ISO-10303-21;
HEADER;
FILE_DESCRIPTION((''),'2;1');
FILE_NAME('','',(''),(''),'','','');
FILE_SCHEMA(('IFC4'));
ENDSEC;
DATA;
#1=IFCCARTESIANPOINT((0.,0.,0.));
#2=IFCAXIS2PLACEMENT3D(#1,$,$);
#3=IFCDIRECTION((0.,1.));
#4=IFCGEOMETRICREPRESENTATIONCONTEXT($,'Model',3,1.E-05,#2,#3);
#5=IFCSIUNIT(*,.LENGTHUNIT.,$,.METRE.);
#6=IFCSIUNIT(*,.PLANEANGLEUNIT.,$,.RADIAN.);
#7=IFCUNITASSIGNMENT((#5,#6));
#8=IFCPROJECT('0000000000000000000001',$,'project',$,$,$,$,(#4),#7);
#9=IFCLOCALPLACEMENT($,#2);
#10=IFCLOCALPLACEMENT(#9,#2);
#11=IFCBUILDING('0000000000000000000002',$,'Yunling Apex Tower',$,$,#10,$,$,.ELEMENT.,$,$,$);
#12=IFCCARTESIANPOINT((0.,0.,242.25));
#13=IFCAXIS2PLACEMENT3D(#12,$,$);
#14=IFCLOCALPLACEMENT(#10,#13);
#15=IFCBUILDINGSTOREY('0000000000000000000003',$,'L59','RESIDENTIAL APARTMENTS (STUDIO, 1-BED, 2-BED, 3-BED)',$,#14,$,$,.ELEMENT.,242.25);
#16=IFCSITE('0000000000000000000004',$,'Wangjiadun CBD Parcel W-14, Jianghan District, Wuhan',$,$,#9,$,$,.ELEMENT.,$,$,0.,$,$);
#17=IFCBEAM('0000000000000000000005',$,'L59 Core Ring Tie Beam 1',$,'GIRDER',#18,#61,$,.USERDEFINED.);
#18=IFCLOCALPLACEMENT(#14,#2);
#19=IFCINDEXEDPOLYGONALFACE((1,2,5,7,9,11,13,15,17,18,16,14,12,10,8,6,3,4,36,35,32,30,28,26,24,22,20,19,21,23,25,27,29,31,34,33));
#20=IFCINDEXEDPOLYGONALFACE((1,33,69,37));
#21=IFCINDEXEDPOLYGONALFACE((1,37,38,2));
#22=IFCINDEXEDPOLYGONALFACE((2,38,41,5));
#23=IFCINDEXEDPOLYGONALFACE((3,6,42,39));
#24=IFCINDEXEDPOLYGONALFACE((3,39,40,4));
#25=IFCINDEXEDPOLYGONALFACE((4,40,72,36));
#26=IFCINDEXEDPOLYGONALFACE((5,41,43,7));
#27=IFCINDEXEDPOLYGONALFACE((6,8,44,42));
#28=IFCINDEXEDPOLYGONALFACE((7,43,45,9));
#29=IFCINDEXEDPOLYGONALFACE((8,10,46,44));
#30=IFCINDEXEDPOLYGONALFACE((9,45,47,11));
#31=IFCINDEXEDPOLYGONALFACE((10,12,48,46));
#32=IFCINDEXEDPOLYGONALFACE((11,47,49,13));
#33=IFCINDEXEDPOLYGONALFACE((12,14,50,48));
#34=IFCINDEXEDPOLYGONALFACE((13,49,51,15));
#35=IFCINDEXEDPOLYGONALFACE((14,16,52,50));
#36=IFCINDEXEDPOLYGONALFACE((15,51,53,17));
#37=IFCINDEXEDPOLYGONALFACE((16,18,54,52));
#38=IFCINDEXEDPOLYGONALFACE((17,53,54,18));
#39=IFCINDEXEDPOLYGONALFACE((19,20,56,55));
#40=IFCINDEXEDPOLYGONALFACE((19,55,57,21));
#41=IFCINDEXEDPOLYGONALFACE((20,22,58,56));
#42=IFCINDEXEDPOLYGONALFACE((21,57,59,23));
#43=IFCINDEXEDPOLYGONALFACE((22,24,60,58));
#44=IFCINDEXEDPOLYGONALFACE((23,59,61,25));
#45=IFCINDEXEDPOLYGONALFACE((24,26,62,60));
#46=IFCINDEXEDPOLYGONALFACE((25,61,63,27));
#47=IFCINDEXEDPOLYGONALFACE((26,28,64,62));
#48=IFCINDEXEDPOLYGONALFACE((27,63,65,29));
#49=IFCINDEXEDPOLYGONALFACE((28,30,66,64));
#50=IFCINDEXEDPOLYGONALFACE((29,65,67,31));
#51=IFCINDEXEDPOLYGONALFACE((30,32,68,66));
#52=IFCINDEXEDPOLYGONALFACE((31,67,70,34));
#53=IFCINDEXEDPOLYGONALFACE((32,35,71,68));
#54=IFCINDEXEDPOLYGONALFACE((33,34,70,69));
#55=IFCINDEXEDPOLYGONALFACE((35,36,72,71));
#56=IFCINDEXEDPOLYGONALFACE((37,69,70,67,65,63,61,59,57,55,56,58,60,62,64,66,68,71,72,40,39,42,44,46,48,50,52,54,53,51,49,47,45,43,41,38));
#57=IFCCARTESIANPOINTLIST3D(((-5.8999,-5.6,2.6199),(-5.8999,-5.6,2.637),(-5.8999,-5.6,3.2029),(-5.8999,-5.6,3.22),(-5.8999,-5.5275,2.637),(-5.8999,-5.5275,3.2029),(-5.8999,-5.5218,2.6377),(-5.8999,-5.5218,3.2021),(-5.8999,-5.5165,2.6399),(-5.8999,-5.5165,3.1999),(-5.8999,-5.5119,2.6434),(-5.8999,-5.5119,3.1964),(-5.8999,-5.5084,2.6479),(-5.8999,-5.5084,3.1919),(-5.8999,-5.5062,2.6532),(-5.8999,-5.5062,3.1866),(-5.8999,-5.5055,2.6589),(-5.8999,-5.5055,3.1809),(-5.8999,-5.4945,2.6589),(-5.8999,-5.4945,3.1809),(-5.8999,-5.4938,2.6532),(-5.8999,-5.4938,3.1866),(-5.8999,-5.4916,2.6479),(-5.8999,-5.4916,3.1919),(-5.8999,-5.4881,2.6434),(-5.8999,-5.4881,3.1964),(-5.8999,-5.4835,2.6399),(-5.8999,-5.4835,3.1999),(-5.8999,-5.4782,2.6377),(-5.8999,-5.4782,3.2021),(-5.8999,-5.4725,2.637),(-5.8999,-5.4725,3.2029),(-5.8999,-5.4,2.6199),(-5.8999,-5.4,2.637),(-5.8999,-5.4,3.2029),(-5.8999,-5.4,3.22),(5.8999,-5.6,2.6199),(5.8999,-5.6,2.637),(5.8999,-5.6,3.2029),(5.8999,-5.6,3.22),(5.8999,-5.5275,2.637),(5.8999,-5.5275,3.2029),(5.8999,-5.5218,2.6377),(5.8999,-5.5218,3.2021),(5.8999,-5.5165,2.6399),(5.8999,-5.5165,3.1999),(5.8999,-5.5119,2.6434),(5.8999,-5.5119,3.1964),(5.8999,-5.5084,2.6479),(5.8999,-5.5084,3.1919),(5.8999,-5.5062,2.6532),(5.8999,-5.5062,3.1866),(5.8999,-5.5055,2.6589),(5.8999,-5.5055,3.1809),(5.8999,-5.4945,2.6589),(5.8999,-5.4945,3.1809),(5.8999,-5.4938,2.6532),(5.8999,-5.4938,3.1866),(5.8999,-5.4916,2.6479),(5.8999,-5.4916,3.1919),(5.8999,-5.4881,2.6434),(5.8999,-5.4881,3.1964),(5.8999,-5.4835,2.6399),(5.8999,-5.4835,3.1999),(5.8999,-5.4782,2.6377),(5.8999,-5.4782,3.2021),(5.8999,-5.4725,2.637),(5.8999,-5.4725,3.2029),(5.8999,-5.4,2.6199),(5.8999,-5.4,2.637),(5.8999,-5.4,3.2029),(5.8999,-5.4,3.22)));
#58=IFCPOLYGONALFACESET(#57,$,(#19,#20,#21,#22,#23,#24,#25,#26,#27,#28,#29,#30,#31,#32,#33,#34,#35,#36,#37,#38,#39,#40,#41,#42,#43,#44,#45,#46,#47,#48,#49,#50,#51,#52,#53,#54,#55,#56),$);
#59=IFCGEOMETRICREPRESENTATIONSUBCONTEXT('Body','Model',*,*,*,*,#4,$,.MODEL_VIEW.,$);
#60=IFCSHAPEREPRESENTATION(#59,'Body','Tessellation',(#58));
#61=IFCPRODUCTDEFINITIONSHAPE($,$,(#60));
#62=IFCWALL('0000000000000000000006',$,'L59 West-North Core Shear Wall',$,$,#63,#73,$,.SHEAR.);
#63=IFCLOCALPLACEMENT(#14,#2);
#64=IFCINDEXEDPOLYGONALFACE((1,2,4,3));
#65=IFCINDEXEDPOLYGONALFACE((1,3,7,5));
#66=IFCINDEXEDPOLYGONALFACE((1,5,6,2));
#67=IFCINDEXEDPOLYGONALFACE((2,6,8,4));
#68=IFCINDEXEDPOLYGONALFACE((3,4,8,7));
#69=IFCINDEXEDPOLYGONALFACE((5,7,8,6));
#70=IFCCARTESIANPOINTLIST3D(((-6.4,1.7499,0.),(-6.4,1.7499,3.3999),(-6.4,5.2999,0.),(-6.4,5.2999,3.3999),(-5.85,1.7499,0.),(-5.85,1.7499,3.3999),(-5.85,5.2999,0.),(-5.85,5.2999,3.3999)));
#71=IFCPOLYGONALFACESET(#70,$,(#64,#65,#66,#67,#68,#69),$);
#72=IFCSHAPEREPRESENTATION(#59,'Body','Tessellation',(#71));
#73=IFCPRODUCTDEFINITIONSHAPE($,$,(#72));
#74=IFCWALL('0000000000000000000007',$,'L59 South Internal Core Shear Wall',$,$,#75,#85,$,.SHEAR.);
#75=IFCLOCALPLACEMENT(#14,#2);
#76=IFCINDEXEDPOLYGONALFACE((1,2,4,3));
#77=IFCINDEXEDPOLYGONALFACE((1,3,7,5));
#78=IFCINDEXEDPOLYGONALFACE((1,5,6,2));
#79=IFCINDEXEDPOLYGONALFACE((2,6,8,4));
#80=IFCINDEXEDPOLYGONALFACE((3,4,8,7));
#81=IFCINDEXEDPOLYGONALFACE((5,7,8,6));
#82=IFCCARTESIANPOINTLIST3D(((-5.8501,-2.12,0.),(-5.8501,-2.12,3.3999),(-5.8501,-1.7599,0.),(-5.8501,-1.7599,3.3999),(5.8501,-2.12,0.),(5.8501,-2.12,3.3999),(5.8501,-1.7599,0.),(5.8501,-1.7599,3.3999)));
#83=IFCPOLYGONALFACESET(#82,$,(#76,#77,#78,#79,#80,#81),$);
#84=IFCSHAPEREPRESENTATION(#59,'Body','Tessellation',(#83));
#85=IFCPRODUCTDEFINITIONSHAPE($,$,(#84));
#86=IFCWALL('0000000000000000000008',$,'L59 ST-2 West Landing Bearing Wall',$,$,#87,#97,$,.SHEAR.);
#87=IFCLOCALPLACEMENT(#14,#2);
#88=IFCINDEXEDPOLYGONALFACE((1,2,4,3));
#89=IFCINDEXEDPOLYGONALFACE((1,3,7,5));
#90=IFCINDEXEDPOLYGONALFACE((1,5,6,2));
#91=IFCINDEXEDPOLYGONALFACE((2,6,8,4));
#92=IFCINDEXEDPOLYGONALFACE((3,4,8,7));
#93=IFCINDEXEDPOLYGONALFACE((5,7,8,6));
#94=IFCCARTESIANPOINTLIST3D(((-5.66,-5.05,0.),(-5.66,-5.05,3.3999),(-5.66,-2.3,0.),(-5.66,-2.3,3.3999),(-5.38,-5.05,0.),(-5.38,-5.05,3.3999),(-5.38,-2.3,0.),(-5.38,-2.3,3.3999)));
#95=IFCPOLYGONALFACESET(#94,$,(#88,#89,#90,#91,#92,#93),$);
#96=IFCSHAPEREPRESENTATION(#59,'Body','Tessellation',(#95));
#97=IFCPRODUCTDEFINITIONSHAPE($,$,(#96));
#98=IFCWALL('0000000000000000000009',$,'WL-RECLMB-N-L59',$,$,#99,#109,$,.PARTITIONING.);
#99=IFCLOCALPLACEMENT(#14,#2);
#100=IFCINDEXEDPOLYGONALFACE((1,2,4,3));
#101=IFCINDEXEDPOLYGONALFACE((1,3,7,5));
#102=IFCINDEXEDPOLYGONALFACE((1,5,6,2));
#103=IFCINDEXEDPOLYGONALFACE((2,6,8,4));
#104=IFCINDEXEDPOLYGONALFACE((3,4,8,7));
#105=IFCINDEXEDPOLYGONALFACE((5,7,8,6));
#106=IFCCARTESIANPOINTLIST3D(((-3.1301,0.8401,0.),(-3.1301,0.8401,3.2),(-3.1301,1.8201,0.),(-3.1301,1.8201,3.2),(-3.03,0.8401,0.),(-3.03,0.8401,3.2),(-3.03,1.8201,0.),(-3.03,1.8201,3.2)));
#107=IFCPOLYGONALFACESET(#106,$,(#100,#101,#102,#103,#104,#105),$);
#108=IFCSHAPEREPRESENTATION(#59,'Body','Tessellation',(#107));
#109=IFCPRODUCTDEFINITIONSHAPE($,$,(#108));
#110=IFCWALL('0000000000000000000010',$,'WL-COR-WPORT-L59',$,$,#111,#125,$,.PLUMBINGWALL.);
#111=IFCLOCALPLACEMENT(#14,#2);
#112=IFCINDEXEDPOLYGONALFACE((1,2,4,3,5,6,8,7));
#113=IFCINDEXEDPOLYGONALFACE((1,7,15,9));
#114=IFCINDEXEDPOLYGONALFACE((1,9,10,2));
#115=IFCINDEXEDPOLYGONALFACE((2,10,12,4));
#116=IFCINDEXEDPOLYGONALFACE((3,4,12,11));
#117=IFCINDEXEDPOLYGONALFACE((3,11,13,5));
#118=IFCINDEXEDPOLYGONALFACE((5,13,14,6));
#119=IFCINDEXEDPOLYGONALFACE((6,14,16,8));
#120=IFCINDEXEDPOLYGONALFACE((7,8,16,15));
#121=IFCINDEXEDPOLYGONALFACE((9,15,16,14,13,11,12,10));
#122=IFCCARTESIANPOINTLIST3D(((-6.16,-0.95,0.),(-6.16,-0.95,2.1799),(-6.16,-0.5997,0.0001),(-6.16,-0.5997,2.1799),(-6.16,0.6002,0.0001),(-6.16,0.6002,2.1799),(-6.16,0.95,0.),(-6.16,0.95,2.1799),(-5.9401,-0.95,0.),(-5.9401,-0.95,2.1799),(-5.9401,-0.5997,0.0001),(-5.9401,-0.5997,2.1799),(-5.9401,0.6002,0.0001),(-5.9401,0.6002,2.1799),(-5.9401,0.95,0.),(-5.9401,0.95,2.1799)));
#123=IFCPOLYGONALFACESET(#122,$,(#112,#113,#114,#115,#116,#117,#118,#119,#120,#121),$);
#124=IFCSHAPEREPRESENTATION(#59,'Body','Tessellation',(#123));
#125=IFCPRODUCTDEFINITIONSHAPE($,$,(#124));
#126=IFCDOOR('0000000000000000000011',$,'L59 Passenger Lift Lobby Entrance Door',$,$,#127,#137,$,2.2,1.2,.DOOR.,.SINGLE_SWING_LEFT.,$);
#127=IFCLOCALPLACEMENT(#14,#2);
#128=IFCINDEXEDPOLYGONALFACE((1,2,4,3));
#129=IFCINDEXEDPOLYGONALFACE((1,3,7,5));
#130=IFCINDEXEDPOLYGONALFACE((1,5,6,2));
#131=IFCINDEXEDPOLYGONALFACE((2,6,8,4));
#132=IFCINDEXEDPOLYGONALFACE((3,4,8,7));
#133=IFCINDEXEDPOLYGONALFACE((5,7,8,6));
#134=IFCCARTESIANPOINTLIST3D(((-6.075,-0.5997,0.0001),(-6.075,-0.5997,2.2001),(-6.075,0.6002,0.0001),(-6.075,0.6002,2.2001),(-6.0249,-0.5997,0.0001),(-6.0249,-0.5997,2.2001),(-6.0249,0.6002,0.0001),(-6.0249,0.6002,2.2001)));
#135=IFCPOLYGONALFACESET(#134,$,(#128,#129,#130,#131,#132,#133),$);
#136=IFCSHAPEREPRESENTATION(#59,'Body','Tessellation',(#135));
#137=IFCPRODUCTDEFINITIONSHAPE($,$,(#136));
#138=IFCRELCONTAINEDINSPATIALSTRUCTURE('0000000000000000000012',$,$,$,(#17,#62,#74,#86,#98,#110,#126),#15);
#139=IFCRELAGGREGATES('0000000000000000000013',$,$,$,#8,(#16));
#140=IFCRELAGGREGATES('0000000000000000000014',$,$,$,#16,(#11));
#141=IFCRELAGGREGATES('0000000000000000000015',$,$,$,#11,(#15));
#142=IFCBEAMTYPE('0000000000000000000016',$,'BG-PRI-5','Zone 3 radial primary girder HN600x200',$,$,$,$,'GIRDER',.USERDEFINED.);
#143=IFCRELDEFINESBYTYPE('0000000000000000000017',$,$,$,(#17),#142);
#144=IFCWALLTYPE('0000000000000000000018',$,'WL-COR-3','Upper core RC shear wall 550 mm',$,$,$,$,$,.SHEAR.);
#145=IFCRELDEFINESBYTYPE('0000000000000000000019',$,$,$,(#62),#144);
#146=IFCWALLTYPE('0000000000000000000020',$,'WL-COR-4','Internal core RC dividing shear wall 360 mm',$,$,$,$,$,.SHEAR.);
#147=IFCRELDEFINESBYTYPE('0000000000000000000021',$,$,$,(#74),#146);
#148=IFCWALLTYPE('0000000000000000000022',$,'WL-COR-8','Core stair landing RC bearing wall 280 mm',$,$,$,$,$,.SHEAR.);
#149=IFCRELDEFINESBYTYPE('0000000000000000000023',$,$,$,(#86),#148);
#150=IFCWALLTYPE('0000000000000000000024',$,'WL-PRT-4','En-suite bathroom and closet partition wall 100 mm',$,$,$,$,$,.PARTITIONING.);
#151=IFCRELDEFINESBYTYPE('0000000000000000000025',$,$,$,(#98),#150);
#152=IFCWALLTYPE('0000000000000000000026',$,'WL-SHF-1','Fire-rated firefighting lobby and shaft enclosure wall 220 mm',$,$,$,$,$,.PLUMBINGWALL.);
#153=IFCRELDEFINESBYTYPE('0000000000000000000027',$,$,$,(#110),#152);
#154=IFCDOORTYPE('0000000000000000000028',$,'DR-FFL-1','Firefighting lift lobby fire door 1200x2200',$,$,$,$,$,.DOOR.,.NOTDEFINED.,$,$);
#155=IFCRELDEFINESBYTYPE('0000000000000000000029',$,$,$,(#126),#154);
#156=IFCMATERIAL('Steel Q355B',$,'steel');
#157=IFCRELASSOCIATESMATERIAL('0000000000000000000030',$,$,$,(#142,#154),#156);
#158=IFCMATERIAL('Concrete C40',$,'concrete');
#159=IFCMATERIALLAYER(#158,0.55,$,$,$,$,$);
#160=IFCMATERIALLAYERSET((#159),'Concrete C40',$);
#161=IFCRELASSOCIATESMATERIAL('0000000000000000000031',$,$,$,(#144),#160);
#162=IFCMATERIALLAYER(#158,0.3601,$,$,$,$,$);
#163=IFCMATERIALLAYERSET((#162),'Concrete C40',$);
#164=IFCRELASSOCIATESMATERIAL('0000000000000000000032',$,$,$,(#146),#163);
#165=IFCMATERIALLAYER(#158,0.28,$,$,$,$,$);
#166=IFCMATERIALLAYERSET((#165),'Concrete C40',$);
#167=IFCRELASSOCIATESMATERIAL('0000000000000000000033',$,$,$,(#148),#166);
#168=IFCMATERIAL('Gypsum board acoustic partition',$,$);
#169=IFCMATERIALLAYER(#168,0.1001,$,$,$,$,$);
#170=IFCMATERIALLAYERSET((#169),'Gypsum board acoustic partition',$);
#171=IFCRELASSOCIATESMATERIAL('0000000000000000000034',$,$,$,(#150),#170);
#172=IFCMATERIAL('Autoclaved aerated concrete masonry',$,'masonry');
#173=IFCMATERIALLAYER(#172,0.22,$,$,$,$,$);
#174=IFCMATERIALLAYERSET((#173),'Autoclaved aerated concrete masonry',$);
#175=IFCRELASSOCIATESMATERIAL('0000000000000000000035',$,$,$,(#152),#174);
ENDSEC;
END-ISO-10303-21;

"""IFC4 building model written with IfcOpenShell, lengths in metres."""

from ifc_helpers import new_model, si_unit, direction, frame, frame_2d, origin, origin_2d, place, context, subcontext, project, spatial, rectangle, i_section, extrude, source, transform, mapped, material, layer, layer_set, material_profile, profile_set, type_object, element, fill, save


model = new_model("IFC4")

# Units and contexts
model_context = context("Model", 3, precision=1e-05, world=origin(), true_north=direction((0.0, 1.0)))
body_context = subcontext(model_context, "Body", "Model", "MODEL_VIEW")
ifc_project = project(units=[si_unit("LENGTHUNIT", "METRE"), si_unit("PLANEANGLEUNIT", "RADIAN")], contexts=[model_context])

# Site, building, storey
site_placement = place(None, origin())
site = spatial("IfcSite", under=ifc_project, at=site_placement, Name="Wangjiadun CBD Parcel W-14, Jianghan District, Wuhan", CompositionType="ELEMENT", RefElevation=0.0)
building_placement = place(site_placement, origin())
building = spatial("IfcBuilding", under=site, at=building_placement, Name="Yunling Apex Tower", CompositionType="ELEMENT")
storey_placement = place(building_placement, frame((0.0, 0.0, 242.25)))
storey = spatial("IfcBuildingStorey", under=building, at=storey_placement, Name="L59", Description="RESIDENTIAL APARTMENTS (STUDIO, 1-BED, 2-BED, 3-BED)", CompositionType="ELEMENT", Elevation=242.25)

# Beam
ifc_material_1 = material(Name="Steel Q355B", Category="steel")
ifc_material_2 = material(Name="Concrete C40", Category="concrete")
ifc_material_profile_1 = material_profile(ifc_material_1, i_section(OverallWidth=0.2, OverallDepth=0.6001, WebThickness=0.011, FlangeThickness=0.0171, FilletRadius=0.022, at=origin_2d()))
ifc_profile_set_1 = profile_set([ifc_material_profile_1], Name="Steel Q355B")
beam_type_1 = type_object("IfcBeamType", Name="BG-PRI-5", Description="Zone 3 radial primary girder HN600x200", ElementType="GIRDER", PredefinedType="USERDEFINED", material=ifc_profile_set_1)
shared_shape_1 = source(origin(), body_context, "Body", "SweptSolid", [
    extrude(i_section(OverallWidth=0.2, OverallDepth=0.6001, WebThickness=0.011, FlangeThickness=0.0171, FilletRadius=0.022, at=origin_2d()), origin(), (0.0, 0.0, 1.0), 11.7998),
])
beam_1_placement = place(storey_placement, frame((-5.8999, -5.5, 2.9199), z_axis=(1.0, 0.0, 0.0), x_axis=(0.0, 1.0, 0.0)))
element("IfcBeam", 1, at=beam_1_placement, inside=storey, type_object=beam_type_1, Name="L59 Core Ring Tie Beam 1", ObjectType="GIRDER", PredefinedType="USERDEFINED", context=body_context, shape_type="MappedRepresentation", body=[
    mapped(shared_shape_1, transform((0.0, 0.0, 0.0), scale=1.0)),
])

# Walls
ifc_layer_1 = layer(ifc_material_2, 0.55)
ifc_layer_set_1 = layer_set([ifc_layer_1], Name="Concrete C40")
wall_type_1 = type_object("IfcWallType", Name="WL-COR-3", Description="Upper core RC shear wall 550 mm", PredefinedType="SHEAR", material=ifc_layer_set_1)
wall_1_placement = place(storey_placement, frame((-6.125, 1.75, 0.0), z_axis=(0.0, 0.0, 1.0), x_axis=(0.0, 1.0, 0.0)))
element("IfcWall", 2, at=wall_1_placement, inside=storey, type_object=wall_type_1, Name="L59 West-North Core Shear Wall", PredefinedType="SHEAR", context=body_context, shape_type="SweptSolid", body=[
    extrude(rectangle(XDim=3.55, YDim=0.55, at=frame_2d((1.7749, 0.0))), origin(), (0.0, 0.0, 1.0), 3.3999),
])
ifc_layer_2 = layer(ifc_material_2, 0.3601)
ifc_layer_set_2 = layer_set([ifc_layer_2], Name="Concrete C40")
wall_type_2 = type_object("IfcWallType", Name="WL-COR-4", Description="Internal core RC dividing shear wall 360 mm", PredefinedType="SHEAR", material=ifc_layer_set_2)
wall_2_placement = place(storey_placement, frame((-5.8501, -1.9399, 0.0), z_axis=(0.0, 0.0, 1.0), x_axis=(1.0, 0.0, 0.0)))
element("IfcWall", 3, at=wall_2_placement, inside=storey, type_object=wall_type_2, Name="L59 South Internal Core Shear Wall", PredefinedType="SHEAR", context=body_context, shape_type="SweptSolid", body=[
    extrude(rectangle(XDim=11.7002, YDim=0.3601, at=frame_2d((5.8501, 0.0))), origin(), (0.0, 0.0, 1.0), 3.3999),
])
ifc_layer_3 = layer(ifc_material_2, 0.28)
ifc_layer_set_3 = layer_set([ifc_layer_3], Name="Concrete C40")
wall_type_3 = type_object("IfcWallType", Name="WL-COR-8", Description="Core stair landing RC bearing wall 280 mm", PredefinedType="SHEAR", material=ifc_layer_set_3)
wall_3_placement = place(storey_placement, frame((-5.52, -5.05, 0.0), z_axis=(0.0, 0.0, 1.0), x_axis=(0.0, 1.0, 0.0)))
element("IfcWall", 4, at=wall_3_placement, inside=storey, type_object=wall_type_3, Name="L59 ST-2 West Landing Bearing Wall", PredefinedType="SHEAR", context=body_context, shape_type="SweptSolid", body=[
    extrude(rectangle(XDim=2.75, YDim=0.28, at=frame_2d((1.375, 0.0))), origin(), (0.0, 0.0, 1.0), 3.3999),
])
ifc_material_3 = material(Name="Gypsum board acoustic partition")
ifc_layer_4 = layer(ifc_material_3, 0.1001)
ifc_layer_set_4 = layer_set([ifc_layer_4], Name="Gypsum board acoustic partition")
wall_type_4 = type_object("IfcWallType", Name="WL-PRT-4", Description="En-suite bathroom and closet partition wall 100 mm", PredefinedType="PARTITIONING", material=ifc_layer_set_4)
wall_4_placement = place(storey_placement, frame((-3.0801, 0.8401, 0.0), z_axis=(0.0, 0.0, 1.0), x_axis=(0.0, 1.0, 0.0)))
element("IfcWall", 5, at=wall_4_placement, inside=storey, type_object=wall_type_4, Name="WL-RECLMB-N-L59", PredefinedType="PARTITIONING", context=body_context, shape_type="SweptSolid", body=[
    extrude(rectangle(XDim=0.98, YDim=0.1001, at=frame_2d((0.49, 0.0))), origin(), (0.0, 0.0, 1.0), 3.2),
])

# Wall, opening, door
ifc_material_4 = material(Name="Autoclaved aerated concrete masonry", Category="masonry")
ifc_layer_5 = layer(ifc_material_4, 0.22)
ifc_layer_set_5 = layer_set([ifc_layer_5], Name="Autoclaved aerated concrete masonry")
wall_type_5 = type_object("IfcWallType", Name="WL-SHF-1", Description="Fire-rated firefighting lobby and shaft enclosure wall 220 mm", PredefinedType="PLUMBINGWALL", material=ifc_layer_set_5)
wall_5_placement = place(storey_placement, frame((-6.05, -0.95, 0.0), z_axis=(0.0, 0.0, 1.0), x_axis=(0.0, 1.0, 0.0)))
wall_5 = element("IfcWall", 6, at=wall_5_placement, inside=storey, type_object=wall_type_5, Name="WL-COR-WPORT-L59", PredefinedType="PLUMBINGWALL", context=body_context, shape_type="SweptSolid", body=[
    extrude(rectangle(XDim=1.8999, YDim=0.22, at=frame_2d((0.95, 0.0))), origin(), (0.0, 0.0, 1.0), 2.1799),
])
opening_1_placement = place(wall_5_placement, frame((0.3501, 0.0, 0.0)))
opening_1 = element("IfcOpeningElement", 7, at=opening_1_placement, cuts=wall_5, PredefinedType="OPENING", context=body_context, shape_type="SweptSolid", body=[
    extrude(rectangle(XDim=1.2, YDim=2.2, at=frame_2d((0.6001, 1.1001))), frame((0.0, 0.1201, 0.0), z_axis=(0.0, -1.0, 0.0), x_axis=(1.0, 0.0, 0.0)), (0.0, 0.0, 1.0), 0.24),
])
door_type_1 = type_object("IfcDoorType", Name="DR-FFL-1", Description="Firefighting lift lobby fire door 1200x2200", OperationType="NOTDEFINED", PredefinedType="DOOR", material=ifc_material_1)
door_1_placement = place(opening_1_placement, origin())
door_1 = element("IfcDoor", 8, at=door_1_placement, inside=storey, type_object=door_type_1, Name="L59 Passenger Lift Lobby Entrance Door", OperationType="SINGLE_SWING_LEFT", OverallHeight=2.2, OverallWidth=1.2, PredefinedType="DOOR", context=body_context, shape_type="SweptSolid", body=[
    extrude(rectangle(XDim=1.2, YDim=2.2, at=frame_2d((0.6001, 1.1001))), frame((0.0, 0.0249, 0.0), z_axis=(0.0, -1.0, 0.0), x_axis=(1.0, 0.0, 0.0)), (0.0, 0.0, 1.0), 0.05),
])
fill(opening_1, door_1)

save(model, "model.ifc")
